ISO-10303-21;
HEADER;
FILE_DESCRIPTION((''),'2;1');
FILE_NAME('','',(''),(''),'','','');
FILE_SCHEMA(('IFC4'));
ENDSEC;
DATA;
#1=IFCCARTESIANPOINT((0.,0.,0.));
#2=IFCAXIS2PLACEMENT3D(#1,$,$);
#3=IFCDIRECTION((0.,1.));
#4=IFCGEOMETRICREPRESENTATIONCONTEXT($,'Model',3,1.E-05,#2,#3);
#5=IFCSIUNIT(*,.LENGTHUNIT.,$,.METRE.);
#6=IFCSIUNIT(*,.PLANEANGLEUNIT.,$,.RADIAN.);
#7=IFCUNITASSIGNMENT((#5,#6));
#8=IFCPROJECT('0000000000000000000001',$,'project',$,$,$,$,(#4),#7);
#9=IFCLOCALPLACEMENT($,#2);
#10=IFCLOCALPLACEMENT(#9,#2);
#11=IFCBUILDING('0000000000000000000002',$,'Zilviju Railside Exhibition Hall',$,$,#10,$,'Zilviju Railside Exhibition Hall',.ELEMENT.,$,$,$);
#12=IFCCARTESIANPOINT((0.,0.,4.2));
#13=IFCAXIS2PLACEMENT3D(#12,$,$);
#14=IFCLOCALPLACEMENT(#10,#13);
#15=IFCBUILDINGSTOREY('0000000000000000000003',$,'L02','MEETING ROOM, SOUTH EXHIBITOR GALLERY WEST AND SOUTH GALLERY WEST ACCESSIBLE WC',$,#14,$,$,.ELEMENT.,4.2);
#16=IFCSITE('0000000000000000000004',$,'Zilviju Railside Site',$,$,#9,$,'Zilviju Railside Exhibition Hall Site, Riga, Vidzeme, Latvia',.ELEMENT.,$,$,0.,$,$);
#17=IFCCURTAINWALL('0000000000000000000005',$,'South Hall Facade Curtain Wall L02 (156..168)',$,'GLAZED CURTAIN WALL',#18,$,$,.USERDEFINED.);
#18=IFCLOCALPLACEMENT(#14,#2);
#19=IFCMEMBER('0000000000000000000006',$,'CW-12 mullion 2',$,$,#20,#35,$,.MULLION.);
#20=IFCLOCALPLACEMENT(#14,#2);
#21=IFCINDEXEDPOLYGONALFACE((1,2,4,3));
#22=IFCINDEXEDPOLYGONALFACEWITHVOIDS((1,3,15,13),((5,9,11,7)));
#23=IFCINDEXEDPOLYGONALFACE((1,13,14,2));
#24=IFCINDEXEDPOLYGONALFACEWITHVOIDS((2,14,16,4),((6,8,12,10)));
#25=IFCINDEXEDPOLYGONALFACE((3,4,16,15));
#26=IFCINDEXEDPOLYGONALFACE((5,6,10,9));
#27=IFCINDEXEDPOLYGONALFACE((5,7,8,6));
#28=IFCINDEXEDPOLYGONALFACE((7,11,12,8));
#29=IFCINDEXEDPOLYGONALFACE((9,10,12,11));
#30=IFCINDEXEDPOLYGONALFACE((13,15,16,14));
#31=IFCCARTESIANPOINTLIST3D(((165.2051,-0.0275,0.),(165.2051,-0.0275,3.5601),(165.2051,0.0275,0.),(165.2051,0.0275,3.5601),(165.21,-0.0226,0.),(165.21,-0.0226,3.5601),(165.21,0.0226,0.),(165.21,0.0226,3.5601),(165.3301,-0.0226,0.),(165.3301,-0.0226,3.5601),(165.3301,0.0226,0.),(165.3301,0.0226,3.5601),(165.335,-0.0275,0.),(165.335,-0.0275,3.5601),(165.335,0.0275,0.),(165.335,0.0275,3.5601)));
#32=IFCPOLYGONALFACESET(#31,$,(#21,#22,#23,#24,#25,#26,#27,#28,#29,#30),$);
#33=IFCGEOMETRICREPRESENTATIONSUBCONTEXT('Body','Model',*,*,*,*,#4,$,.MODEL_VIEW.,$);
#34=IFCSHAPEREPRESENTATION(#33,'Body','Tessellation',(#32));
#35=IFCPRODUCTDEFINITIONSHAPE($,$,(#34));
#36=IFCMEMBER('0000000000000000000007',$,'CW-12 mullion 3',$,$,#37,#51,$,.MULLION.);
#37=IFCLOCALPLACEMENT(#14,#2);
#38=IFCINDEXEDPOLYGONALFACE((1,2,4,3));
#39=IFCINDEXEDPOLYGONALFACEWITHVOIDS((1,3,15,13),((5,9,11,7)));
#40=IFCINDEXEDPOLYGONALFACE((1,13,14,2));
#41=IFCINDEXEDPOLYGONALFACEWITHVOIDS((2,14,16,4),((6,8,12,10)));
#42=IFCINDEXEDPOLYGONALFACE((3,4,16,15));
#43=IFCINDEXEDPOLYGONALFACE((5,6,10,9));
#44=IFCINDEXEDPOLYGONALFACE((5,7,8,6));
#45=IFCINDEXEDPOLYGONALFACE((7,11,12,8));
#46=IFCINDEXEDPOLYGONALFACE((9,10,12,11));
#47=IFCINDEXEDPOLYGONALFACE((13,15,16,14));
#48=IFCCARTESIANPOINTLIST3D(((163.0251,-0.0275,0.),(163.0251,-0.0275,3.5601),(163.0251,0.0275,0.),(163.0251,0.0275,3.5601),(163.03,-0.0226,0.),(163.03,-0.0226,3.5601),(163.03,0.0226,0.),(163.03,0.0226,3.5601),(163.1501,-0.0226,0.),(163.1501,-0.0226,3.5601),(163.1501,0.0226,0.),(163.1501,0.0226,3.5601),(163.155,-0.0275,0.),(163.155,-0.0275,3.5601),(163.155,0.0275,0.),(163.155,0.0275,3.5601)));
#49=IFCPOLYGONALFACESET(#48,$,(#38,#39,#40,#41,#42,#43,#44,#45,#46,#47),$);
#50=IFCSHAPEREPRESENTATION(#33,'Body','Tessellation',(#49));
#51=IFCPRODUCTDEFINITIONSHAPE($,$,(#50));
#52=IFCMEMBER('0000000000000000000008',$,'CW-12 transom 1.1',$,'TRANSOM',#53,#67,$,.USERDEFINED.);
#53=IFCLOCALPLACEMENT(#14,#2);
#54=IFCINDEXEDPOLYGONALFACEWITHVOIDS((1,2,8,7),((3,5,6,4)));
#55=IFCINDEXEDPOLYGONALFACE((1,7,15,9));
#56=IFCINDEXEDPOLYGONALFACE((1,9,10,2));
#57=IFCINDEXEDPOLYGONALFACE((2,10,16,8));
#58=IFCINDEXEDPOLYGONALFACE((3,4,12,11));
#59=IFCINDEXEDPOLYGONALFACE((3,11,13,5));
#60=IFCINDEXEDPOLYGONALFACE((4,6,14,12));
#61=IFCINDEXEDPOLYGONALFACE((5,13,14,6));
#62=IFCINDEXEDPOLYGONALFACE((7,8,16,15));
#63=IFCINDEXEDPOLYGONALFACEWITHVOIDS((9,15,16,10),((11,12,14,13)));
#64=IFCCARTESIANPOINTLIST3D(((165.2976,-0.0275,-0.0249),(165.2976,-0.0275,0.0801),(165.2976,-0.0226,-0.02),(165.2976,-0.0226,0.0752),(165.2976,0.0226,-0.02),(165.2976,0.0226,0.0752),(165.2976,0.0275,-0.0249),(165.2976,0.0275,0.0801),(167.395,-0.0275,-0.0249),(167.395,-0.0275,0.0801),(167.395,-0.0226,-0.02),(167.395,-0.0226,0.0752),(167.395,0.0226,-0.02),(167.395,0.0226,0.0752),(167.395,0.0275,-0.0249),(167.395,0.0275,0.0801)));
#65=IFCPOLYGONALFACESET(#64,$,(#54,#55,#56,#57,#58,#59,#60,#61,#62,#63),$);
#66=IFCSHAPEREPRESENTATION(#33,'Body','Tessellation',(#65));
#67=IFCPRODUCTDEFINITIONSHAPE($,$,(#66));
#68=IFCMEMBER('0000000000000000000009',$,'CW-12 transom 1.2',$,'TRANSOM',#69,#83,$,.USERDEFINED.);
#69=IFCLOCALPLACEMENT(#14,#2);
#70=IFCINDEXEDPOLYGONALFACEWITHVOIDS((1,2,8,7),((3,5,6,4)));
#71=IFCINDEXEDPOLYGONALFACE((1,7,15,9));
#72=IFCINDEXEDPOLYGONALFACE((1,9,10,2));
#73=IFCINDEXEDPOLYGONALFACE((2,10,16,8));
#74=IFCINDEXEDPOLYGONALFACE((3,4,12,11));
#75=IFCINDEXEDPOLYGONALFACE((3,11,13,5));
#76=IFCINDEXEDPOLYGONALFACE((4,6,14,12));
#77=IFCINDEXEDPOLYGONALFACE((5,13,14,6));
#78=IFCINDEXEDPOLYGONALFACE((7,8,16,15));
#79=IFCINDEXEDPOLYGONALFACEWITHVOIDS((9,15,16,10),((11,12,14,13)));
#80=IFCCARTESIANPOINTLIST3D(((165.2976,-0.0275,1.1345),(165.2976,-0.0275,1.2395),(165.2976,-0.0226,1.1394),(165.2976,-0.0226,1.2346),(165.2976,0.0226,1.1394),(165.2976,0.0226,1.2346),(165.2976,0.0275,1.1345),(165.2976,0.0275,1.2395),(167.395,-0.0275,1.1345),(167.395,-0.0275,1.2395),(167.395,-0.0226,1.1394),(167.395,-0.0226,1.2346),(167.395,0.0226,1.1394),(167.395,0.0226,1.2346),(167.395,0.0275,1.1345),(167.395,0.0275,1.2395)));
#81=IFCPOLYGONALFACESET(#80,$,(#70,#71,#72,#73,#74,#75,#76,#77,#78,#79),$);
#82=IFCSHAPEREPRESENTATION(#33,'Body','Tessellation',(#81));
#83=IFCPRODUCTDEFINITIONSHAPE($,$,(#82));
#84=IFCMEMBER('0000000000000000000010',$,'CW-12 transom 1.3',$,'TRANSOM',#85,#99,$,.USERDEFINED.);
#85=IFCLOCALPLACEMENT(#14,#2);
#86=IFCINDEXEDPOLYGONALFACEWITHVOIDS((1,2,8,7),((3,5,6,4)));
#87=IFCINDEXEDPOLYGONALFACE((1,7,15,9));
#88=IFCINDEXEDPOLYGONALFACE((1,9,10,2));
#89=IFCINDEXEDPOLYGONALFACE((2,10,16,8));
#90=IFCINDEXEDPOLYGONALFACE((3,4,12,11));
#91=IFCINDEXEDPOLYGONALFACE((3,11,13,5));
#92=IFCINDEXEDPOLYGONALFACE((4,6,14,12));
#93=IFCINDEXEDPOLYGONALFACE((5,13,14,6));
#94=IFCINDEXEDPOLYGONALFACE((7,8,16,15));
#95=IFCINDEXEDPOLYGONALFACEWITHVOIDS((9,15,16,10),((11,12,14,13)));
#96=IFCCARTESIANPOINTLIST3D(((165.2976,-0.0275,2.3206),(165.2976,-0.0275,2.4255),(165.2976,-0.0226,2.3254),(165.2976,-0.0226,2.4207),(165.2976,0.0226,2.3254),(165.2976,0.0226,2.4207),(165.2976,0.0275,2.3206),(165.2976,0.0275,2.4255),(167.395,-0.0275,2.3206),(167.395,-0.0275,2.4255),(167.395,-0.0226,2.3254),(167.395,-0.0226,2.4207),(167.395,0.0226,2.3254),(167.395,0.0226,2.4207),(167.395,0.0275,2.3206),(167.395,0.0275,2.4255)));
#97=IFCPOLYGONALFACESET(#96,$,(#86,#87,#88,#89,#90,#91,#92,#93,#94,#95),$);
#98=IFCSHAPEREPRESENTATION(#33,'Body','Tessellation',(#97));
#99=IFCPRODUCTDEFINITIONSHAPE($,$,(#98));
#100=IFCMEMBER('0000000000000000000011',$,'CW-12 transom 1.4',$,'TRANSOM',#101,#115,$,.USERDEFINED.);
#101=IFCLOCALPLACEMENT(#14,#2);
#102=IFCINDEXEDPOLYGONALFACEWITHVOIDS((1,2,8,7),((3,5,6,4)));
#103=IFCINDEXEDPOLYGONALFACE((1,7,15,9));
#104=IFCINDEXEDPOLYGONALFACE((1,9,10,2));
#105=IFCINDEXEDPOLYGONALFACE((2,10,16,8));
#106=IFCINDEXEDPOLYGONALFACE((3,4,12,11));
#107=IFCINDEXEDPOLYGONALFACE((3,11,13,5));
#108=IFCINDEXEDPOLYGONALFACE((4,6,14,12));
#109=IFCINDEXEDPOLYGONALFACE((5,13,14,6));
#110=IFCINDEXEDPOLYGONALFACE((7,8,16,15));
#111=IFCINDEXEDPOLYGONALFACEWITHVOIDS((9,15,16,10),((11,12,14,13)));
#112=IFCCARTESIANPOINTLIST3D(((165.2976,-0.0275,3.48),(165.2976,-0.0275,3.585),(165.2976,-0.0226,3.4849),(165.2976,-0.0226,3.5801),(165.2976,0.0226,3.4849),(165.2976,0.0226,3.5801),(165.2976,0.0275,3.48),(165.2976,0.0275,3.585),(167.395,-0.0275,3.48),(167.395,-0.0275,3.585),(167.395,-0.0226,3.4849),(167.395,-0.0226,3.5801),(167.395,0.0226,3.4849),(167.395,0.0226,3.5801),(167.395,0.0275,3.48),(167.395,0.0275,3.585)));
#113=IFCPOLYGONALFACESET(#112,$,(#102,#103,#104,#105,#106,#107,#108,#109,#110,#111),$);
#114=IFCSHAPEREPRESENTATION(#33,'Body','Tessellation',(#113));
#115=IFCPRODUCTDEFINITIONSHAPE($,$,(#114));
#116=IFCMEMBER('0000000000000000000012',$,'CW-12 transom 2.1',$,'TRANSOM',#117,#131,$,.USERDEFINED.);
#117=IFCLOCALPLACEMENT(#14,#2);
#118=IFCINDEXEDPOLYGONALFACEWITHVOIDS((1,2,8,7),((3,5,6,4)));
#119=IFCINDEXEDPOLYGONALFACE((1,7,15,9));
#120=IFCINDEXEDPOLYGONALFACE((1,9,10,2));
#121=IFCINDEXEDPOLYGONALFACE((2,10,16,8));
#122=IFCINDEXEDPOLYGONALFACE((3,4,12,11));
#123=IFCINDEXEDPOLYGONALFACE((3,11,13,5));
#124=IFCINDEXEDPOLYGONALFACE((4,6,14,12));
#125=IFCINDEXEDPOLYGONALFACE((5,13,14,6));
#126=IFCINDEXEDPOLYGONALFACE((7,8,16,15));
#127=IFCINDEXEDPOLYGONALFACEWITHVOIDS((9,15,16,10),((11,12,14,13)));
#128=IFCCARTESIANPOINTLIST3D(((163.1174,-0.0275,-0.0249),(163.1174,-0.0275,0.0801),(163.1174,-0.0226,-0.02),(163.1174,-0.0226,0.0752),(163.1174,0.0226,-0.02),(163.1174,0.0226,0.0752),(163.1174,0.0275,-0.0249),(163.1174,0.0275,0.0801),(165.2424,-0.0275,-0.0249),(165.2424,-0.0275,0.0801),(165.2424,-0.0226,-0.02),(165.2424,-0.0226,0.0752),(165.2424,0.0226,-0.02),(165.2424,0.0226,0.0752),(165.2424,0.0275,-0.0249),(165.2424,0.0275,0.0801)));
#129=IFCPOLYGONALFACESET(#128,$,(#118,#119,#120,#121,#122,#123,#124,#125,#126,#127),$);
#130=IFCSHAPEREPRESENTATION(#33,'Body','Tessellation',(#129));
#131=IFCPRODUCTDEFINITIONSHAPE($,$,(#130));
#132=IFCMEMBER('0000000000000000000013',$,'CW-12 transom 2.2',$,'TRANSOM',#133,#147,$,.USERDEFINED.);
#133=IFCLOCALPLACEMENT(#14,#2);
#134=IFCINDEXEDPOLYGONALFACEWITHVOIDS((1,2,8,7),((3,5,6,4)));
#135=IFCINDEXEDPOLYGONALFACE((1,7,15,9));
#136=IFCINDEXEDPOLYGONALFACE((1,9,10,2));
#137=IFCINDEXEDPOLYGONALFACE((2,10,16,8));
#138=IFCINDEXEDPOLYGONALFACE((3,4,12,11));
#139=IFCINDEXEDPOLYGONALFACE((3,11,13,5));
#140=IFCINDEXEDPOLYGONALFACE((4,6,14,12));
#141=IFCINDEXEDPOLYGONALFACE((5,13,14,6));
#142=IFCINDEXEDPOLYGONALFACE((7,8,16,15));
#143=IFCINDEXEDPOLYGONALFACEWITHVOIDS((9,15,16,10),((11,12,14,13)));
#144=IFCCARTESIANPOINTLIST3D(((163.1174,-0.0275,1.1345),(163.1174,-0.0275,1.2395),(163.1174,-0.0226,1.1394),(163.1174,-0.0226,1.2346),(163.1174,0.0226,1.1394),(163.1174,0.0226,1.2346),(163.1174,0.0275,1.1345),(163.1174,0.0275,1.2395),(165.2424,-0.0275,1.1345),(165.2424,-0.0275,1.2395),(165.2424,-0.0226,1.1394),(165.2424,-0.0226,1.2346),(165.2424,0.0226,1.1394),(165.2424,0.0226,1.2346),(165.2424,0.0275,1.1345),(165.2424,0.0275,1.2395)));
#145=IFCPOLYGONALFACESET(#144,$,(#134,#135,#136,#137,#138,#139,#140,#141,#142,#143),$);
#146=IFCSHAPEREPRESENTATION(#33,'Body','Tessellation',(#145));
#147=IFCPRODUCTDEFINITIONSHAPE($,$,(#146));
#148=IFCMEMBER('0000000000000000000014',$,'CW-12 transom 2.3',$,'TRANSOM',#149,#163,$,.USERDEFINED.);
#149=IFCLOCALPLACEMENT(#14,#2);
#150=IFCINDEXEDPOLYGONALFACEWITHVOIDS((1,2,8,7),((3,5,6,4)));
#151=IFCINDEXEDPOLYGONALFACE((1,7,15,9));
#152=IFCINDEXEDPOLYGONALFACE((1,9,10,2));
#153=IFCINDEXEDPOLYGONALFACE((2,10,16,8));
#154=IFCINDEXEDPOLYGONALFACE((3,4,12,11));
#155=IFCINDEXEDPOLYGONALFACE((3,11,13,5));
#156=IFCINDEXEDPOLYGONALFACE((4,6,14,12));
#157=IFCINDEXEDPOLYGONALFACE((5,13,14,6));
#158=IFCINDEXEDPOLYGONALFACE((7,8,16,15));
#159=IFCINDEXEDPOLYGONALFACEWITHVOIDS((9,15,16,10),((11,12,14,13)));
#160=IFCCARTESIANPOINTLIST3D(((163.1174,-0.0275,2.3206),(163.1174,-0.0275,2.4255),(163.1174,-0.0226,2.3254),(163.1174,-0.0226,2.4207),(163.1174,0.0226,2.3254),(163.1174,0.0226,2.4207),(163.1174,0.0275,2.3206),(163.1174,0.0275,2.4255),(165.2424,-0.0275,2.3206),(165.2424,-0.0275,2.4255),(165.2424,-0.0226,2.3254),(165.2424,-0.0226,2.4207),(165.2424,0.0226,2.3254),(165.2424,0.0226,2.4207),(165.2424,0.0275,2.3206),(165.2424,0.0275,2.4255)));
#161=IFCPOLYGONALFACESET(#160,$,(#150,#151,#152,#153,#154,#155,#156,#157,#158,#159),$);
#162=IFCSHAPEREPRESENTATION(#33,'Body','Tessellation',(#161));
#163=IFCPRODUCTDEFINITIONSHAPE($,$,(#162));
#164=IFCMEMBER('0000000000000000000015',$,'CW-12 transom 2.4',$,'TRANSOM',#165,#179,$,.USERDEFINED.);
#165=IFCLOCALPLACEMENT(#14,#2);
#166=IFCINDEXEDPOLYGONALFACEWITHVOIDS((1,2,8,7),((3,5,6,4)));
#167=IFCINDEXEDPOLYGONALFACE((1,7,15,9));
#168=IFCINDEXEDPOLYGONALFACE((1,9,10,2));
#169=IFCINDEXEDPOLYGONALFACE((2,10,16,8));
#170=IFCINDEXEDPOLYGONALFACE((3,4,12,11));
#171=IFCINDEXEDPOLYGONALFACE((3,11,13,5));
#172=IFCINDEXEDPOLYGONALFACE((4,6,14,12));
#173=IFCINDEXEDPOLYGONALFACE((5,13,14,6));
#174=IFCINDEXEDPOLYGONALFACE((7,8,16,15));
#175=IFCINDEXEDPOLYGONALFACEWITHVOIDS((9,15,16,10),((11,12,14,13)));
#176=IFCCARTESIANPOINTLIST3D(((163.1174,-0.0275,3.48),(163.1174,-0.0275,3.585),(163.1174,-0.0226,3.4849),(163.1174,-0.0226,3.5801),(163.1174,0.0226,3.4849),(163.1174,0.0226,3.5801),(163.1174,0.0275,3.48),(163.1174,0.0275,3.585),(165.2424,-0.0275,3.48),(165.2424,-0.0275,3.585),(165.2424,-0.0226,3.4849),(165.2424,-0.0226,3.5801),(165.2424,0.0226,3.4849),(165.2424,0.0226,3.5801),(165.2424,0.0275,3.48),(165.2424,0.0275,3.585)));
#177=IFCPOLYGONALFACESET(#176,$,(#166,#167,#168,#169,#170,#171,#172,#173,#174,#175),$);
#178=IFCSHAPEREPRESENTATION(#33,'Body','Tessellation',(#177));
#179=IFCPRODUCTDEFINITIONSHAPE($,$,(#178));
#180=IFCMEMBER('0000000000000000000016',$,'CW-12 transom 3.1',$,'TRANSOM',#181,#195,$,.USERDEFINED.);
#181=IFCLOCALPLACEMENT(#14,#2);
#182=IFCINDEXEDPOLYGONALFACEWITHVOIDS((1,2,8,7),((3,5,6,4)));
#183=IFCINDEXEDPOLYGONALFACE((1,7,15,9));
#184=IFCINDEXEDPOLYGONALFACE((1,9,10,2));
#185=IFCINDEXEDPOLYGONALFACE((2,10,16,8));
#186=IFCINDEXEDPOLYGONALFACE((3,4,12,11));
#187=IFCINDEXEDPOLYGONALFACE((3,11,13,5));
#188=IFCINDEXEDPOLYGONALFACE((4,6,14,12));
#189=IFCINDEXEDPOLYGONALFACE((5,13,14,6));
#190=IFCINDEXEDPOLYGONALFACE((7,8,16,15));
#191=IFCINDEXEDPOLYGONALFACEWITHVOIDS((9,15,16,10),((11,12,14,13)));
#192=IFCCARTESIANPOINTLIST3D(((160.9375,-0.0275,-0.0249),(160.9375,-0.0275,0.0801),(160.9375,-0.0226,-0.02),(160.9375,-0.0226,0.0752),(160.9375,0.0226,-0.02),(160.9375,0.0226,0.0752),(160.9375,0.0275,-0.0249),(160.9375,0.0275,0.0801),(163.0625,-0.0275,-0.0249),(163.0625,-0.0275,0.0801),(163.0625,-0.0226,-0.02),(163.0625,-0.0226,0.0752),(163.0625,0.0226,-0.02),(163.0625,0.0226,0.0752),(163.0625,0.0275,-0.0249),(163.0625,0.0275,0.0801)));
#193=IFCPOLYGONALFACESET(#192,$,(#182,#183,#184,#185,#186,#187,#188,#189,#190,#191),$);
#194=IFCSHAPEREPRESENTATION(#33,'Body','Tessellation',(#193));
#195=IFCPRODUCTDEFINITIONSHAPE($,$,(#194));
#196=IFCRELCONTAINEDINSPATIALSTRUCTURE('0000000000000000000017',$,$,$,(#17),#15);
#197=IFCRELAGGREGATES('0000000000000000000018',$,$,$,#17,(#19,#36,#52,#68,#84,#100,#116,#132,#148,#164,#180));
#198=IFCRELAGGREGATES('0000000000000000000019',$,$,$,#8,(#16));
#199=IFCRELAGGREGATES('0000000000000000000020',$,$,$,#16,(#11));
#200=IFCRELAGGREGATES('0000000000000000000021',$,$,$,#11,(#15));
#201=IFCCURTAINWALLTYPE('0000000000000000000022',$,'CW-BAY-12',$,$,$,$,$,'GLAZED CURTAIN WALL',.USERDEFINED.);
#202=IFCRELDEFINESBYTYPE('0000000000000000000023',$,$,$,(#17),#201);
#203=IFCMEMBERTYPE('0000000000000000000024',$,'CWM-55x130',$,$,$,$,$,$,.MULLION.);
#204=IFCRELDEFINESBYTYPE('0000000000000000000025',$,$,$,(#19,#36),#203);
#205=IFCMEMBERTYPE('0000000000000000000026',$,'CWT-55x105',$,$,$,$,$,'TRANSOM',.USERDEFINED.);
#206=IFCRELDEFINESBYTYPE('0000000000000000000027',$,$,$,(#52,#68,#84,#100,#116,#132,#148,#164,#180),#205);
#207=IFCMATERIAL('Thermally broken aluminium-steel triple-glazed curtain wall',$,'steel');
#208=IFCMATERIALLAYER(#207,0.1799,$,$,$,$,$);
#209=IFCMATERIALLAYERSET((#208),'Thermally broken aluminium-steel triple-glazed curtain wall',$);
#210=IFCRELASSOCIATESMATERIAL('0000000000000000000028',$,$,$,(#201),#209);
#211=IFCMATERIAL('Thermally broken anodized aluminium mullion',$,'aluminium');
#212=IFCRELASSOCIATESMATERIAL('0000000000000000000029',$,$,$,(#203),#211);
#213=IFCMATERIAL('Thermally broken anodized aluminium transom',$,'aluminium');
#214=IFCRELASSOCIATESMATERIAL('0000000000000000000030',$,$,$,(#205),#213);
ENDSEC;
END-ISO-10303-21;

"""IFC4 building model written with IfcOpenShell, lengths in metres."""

from ifc_helpers import new_model, si_unit, direction, frame, origin, origin_2d, place, context, subcontext, project, spatial, hollow_rectangle, extrude, material, layer, layer_set, material_profile, profile_set, type_object, element, aggregate, save


model = new_model("IFC4")

# Units and contexts
model_context = context("Model", 3, precision=1e-05, world=origin(), true_north=direction((0.0, 1.0)))
body_context = subcontext(model_context, "Body", "Model", "MODEL_VIEW")
ifc_project = project(units=[si_unit("LENGTHUNIT", "METRE"), si_unit("PLANEANGLEUNIT", "RADIAN")], contexts=[model_context])

# Site, building, storey
site_placement = place(None, origin())
site = spatial("IfcSite", under=ifc_project, at=site_placement, Name="Zilviju Railside Site", LongName="Zilviju Railside Exhibition Hall Site, Riga, Vidzeme, Latvia", CompositionType="ELEMENT", RefElevation=0.0)
building_placement = place(site_placement, origin())
building = spatial("IfcBuilding", under=site, at=building_placement, Name="Zilviju Railside Exhibition Hall", LongName="Zilviju Railside Exhibition Hall", CompositionType="ELEMENT")
storey_placement = place(building_placement, frame((0.0, 0.0, 4.2)))
storey = spatial("IfcBuildingStorey", under=building, at=storey_placement, Name="L02", Description="MEETING ROOM, SOUTH EXHIBITOR GALLERY WEST AND SOUTH GALLERY WEST ACCESSIBLE WC", CompositionType="ELEMENT", Elevation=4.2)

# Curtain wall, members
ifc_material_1 = material(Name="Thermally broken aluminium-steel triple-glazed curtain wall", Category="steel")
ifc_layer_1 = layer(ifc_material_1, 0.1799)
ifc_layer_set_1 = layer_set([ifc_layer_1], Name="Thermally broken aluminium-steel triple-glazed curtain wall")
curtain_wall_type = type_object("IfcCurtainWallType", Name="CW-BAY-12", ElementType="GLAZED CURTAIN WALL", PredefinedType="USERDEFINED", material=ifc_layer_set_1)
curtain_wall_placement = place(storey_placement, origin())
curtain_wall = element("IfcCurtainWall", 1, at=curtain_wall_placement, inside=storey, type_object=curtain_wall_type, Name="South Hall Facade Curtain Wall L02 (156..168)", ObjectType="GLAZED CURTAIN WALL", PredefinedType="USERDEFINED")
ifc_material_2 = material(Name="Thermally broken anodized aluminium mullion", Category="aluminium")
ifc_material_profile_1 = material_profile(ifc_material_2, hollow_rectangle(XDim=0.0549, YDim=0.1299, WallThickness=0.0049, at=origin_2d()), Name="MULLION 130x55x5")
ifc_profile_set_1 = profile_set([ifc_material_profile_1], Name="Thermally broken anodized aluminium mullion")
member_type_1 = type_object("IfcMemberType", Name="CWM-55x130", PredefinedType="MULLION", material=ifc_profile_set_1)
member_1_placement = place(storey_placement, frame((165.27, 0.0, 0.0), z_axis=(0.0, 0.0, 1.0), x_axis=(0.0, -1.0, 0.0)))
member_1 = element("IfcMember", 2, at=member_1_placement, type_object=member_type_1, Name="CW-12 mullion 2", PredefinedType="MULLION", context=body_context, shape_type="SweptSolid", body=[
    extrude(hollow_rectangle(XDim=0.0549, YDim=0.1299, WallThickness=0.0049, at=origin_2d()), origin(), (0.0, 0.0, 1.0), 3.5601),
])
member_2_placement = place(storey_placement, frame((163.0901, 0.0, 0.0), z_axis=(0.0, 0.0, 1.0), x_axis=(0.0, -1.0, 0.0)))
member_2 = element("IfcMember", 3, at=member_2_placement, type_object=member_type_1, Name="CW-12 mullion 3", PredefinedType="MULLION", context=body_context, shape_type="SweptSolid", body=[
    extrude(hollow_rectangle(XDim=0.0549, YDim=0.1299, WallThickness=0.0049, at=origin_2d()), origin(), (0.0, 0.0, 1.0), 3.5601),
])
ifc_material_3 = material(Name="Thermally broken anodized aluminium transom", Category="aluminium")
ifc_material_profile_2 = material_profile(ifc_material_3, hollow_rectangle(XDim=0.0549, YDim=0.105, WallThickness=0.0049, at=origin_2d()), Name="TRANSOM 105x55x5")
ifc_profile_set_2 = profile_set([ifc_material_profile_2], Name="Thermally broken anodized aluminium transom")
member_type_2 = type_object("IfcMemberType", Name="CWT-55x105", ElementType="TRANSOM", PredefinedType="USERDEFINED", material=ifc_profile_set_2)
member_3_placement = place(storey_placement, frame((167.395, 0.0, 0.0276), z_axis=(-1.0, 0.0, 0.0), x_axis=(0.0, -1.0, 0.0)))
member_3 = element("IfcMember", 4, at=member_3_placement, type_object=member_type_2, Name="CW-12 transom 1.1", ObjectType="TRANSOM", PredefinedType="USERDEFINED", context=body_context, shape_type="SweptSolid", body=[
    extrude(hollow_rectangle(XDim=0.0549, YDim=0.105, WallThickness=0.0049, at=origin_2d()), origin(), (0.0, 0.0, 1.0), 2.0974),
])
member_4_placement = place(storey_placement, frame((167.395, 0.0, 1.187), z_axis=(-1.0, 0.0, 0.0), x_axis=(0.0, -1.0, 0.0)))
member_4 = element("IfcMember", 5, at=member_4_placement, type_object=member_type_2, Name="CW-12 transom 1.2", ObjectType="TRANSOM", PredefinedType="USERDEFINED", context=body_context, shape_type="SweptSolid", body=[
    extrude(hollow_rectangle(XDim=0.0549, YDim=0.105, WallThickness=0.0049, at=origin_2d()), origin(), (0.0, 0.0, 1.0), 2.0974),
])
member_5_placement = place(storey_placement, frame((167.395, 0.0, 2.373), z_axis=(-1.0, 0.0, 0.0), x_axis=(0.0, -1.0, 0.0)))
member_5 = element("IfcMember", 6, at=member_5_placement, type_object=member_type_2, Name="CW-12 transom 1.3", ObjectType="TRANSOM", PredefinedType="USERDEFINED", context=body_context, shape_type="SweptSolid", body=[
    extrude(hollow_rectangle(XDim=0.0549, YDim=0.105, WallThickness=0.0049, at=origin_2d()), origin(), (0.0, 0.0, 1.0), 2.0974),
])
member_6_placement = place(storey_placement, frame((167.395, 0.0, 3.5325), z_axis=(-1.0, 0.0, 0.0), x_axis=(0.0, -1.0, 0.0)))
member_6 = element("IfcMember", 7, at=member_6_placement, type_object=member_type_2, Name="CW-12 transom 1.4", ObjectType="TRANSOM", PredefinedType="USERDEFINED", context=body_context, shape_type="SweptSolid", body=[
    extrude(hollow_rectangle(XDim=0.0549, YDim=0.105, WallThickness=0.0049, at=origin_2d()), origin(), (0.0, 0.0, 1.0), 2.0974),
])
member_7_placement = place(storey_placement, frame((165.2424, 0.0, 0.0276), z_axis=(-1.0, 0.0, 0.0), x_axis=(0.0, -1.0, 0.0)))
member_7 = element("IfcMember", 8, at=member_7_placement, type_object=member_type_2, Name="CW-12 transom 2.1", ObjectType="TRANSOM", PredefinedType="USERDEFINED", context=body_context, shape_type="SweptSolid", body=[
    extrude(hollow_rectangle(XDim=0.0549, YDim=0.105, WallThickness=0.0049, at=origin_2d()), origin(), (0.0, 0.0, 1.0), 2.125),
])
member_8_placement = place(storey_placement, frame((165.2424, 0.0, 1.187), z_axis=(-1.0, 0.0, 0.0), x_axis=(0.0, -1.0, 0.0)))
member_8 = element("IfcMember", 9, at=member_8_placement, type_object=member_type_2, Name="CW-12 transom 2.2", ObjectType="TRANSOM", PredefinedType="USERDEFINED", context=body_context, shape_type="SweptSolid", body=[
    extrude(hollow_rectangle(XDim=0.0549, YDim=0.105, WallThickness=0.0049, at=origin_2d()), origin(), (0.0, 0.0, 1.0), 2.125),
])
member_9_placement = place(storey_placement, frame((165.2424, 0.0, 2.373), z_axis=(-1.0, 0.0, 0.0), x_axis=(0.0, -1.0, 0.0)))
member_9 = element("IfcMember", 10, at=member_9_placement, type_object=member_type_2, Name="CW-12 transom 2.3", ObjectType="TRANSOM", PredefinedType="USERDEFINED", context=body_context, shape_type="SweptSolid", body=[
    extrude(hollow_rectangle(XDim=0.0549, YDim=0.105, WallThickness=0.0049, at=origin_2d()), origin(), (0.0, 0.0, 1.0), 2.125),
])
member_10_placement = place(storey_placement, frame((165.2424, 0.0, 3.5325), z_axis=(-1.0, 0.0, 0.0), x_axis=(0.0, -1.0, 0.0)))
member_10 = element("IfcMember", 11, at=member_10_placement, type_object=member_type_2, Name="CW-12 transom 2.4", ObjectType="TRANSOM", PredefinedType="USERDEFINED", context=body_context, shape_type="SweptSolid", body=[
    extrude(hollow_rectangle(XDim=0.0549, YDim=0.105, WallThickness=0.0049, at=origin_2d()), origin(), (0.0, 0.0, 1.0), 2.125),
])
member_11_placement = place(storey_placement, frame((163.0625, 0.0, 0.0276), z_axis=(-1.0, 0.0, 0.0), x_axis=(0.0, -1.0, 0.0)))
member_11 = element("IfcMember", 12, at=member_11_placement, type_object=member_type_2, Name="CW-12 transom 3.1", ObjectType="TRANSOM", PredefinedType="USERDEFINED", context=body_context, shape_type="SweptSolid", body=[
    extrude(hollow_rectangle(XDim=0.0549, YDim=0.105, WallThickness=0.0049, at=origin_2d()), origin(), (0.0, 0.0, 1.0), 2.125),
])
aggregate(curtain_wall, [member_1, member_2, member_3, member_4, member_5, member_6, member_7, member_8, member_9, member_10, member_11])

save(model, "model.ifc")
